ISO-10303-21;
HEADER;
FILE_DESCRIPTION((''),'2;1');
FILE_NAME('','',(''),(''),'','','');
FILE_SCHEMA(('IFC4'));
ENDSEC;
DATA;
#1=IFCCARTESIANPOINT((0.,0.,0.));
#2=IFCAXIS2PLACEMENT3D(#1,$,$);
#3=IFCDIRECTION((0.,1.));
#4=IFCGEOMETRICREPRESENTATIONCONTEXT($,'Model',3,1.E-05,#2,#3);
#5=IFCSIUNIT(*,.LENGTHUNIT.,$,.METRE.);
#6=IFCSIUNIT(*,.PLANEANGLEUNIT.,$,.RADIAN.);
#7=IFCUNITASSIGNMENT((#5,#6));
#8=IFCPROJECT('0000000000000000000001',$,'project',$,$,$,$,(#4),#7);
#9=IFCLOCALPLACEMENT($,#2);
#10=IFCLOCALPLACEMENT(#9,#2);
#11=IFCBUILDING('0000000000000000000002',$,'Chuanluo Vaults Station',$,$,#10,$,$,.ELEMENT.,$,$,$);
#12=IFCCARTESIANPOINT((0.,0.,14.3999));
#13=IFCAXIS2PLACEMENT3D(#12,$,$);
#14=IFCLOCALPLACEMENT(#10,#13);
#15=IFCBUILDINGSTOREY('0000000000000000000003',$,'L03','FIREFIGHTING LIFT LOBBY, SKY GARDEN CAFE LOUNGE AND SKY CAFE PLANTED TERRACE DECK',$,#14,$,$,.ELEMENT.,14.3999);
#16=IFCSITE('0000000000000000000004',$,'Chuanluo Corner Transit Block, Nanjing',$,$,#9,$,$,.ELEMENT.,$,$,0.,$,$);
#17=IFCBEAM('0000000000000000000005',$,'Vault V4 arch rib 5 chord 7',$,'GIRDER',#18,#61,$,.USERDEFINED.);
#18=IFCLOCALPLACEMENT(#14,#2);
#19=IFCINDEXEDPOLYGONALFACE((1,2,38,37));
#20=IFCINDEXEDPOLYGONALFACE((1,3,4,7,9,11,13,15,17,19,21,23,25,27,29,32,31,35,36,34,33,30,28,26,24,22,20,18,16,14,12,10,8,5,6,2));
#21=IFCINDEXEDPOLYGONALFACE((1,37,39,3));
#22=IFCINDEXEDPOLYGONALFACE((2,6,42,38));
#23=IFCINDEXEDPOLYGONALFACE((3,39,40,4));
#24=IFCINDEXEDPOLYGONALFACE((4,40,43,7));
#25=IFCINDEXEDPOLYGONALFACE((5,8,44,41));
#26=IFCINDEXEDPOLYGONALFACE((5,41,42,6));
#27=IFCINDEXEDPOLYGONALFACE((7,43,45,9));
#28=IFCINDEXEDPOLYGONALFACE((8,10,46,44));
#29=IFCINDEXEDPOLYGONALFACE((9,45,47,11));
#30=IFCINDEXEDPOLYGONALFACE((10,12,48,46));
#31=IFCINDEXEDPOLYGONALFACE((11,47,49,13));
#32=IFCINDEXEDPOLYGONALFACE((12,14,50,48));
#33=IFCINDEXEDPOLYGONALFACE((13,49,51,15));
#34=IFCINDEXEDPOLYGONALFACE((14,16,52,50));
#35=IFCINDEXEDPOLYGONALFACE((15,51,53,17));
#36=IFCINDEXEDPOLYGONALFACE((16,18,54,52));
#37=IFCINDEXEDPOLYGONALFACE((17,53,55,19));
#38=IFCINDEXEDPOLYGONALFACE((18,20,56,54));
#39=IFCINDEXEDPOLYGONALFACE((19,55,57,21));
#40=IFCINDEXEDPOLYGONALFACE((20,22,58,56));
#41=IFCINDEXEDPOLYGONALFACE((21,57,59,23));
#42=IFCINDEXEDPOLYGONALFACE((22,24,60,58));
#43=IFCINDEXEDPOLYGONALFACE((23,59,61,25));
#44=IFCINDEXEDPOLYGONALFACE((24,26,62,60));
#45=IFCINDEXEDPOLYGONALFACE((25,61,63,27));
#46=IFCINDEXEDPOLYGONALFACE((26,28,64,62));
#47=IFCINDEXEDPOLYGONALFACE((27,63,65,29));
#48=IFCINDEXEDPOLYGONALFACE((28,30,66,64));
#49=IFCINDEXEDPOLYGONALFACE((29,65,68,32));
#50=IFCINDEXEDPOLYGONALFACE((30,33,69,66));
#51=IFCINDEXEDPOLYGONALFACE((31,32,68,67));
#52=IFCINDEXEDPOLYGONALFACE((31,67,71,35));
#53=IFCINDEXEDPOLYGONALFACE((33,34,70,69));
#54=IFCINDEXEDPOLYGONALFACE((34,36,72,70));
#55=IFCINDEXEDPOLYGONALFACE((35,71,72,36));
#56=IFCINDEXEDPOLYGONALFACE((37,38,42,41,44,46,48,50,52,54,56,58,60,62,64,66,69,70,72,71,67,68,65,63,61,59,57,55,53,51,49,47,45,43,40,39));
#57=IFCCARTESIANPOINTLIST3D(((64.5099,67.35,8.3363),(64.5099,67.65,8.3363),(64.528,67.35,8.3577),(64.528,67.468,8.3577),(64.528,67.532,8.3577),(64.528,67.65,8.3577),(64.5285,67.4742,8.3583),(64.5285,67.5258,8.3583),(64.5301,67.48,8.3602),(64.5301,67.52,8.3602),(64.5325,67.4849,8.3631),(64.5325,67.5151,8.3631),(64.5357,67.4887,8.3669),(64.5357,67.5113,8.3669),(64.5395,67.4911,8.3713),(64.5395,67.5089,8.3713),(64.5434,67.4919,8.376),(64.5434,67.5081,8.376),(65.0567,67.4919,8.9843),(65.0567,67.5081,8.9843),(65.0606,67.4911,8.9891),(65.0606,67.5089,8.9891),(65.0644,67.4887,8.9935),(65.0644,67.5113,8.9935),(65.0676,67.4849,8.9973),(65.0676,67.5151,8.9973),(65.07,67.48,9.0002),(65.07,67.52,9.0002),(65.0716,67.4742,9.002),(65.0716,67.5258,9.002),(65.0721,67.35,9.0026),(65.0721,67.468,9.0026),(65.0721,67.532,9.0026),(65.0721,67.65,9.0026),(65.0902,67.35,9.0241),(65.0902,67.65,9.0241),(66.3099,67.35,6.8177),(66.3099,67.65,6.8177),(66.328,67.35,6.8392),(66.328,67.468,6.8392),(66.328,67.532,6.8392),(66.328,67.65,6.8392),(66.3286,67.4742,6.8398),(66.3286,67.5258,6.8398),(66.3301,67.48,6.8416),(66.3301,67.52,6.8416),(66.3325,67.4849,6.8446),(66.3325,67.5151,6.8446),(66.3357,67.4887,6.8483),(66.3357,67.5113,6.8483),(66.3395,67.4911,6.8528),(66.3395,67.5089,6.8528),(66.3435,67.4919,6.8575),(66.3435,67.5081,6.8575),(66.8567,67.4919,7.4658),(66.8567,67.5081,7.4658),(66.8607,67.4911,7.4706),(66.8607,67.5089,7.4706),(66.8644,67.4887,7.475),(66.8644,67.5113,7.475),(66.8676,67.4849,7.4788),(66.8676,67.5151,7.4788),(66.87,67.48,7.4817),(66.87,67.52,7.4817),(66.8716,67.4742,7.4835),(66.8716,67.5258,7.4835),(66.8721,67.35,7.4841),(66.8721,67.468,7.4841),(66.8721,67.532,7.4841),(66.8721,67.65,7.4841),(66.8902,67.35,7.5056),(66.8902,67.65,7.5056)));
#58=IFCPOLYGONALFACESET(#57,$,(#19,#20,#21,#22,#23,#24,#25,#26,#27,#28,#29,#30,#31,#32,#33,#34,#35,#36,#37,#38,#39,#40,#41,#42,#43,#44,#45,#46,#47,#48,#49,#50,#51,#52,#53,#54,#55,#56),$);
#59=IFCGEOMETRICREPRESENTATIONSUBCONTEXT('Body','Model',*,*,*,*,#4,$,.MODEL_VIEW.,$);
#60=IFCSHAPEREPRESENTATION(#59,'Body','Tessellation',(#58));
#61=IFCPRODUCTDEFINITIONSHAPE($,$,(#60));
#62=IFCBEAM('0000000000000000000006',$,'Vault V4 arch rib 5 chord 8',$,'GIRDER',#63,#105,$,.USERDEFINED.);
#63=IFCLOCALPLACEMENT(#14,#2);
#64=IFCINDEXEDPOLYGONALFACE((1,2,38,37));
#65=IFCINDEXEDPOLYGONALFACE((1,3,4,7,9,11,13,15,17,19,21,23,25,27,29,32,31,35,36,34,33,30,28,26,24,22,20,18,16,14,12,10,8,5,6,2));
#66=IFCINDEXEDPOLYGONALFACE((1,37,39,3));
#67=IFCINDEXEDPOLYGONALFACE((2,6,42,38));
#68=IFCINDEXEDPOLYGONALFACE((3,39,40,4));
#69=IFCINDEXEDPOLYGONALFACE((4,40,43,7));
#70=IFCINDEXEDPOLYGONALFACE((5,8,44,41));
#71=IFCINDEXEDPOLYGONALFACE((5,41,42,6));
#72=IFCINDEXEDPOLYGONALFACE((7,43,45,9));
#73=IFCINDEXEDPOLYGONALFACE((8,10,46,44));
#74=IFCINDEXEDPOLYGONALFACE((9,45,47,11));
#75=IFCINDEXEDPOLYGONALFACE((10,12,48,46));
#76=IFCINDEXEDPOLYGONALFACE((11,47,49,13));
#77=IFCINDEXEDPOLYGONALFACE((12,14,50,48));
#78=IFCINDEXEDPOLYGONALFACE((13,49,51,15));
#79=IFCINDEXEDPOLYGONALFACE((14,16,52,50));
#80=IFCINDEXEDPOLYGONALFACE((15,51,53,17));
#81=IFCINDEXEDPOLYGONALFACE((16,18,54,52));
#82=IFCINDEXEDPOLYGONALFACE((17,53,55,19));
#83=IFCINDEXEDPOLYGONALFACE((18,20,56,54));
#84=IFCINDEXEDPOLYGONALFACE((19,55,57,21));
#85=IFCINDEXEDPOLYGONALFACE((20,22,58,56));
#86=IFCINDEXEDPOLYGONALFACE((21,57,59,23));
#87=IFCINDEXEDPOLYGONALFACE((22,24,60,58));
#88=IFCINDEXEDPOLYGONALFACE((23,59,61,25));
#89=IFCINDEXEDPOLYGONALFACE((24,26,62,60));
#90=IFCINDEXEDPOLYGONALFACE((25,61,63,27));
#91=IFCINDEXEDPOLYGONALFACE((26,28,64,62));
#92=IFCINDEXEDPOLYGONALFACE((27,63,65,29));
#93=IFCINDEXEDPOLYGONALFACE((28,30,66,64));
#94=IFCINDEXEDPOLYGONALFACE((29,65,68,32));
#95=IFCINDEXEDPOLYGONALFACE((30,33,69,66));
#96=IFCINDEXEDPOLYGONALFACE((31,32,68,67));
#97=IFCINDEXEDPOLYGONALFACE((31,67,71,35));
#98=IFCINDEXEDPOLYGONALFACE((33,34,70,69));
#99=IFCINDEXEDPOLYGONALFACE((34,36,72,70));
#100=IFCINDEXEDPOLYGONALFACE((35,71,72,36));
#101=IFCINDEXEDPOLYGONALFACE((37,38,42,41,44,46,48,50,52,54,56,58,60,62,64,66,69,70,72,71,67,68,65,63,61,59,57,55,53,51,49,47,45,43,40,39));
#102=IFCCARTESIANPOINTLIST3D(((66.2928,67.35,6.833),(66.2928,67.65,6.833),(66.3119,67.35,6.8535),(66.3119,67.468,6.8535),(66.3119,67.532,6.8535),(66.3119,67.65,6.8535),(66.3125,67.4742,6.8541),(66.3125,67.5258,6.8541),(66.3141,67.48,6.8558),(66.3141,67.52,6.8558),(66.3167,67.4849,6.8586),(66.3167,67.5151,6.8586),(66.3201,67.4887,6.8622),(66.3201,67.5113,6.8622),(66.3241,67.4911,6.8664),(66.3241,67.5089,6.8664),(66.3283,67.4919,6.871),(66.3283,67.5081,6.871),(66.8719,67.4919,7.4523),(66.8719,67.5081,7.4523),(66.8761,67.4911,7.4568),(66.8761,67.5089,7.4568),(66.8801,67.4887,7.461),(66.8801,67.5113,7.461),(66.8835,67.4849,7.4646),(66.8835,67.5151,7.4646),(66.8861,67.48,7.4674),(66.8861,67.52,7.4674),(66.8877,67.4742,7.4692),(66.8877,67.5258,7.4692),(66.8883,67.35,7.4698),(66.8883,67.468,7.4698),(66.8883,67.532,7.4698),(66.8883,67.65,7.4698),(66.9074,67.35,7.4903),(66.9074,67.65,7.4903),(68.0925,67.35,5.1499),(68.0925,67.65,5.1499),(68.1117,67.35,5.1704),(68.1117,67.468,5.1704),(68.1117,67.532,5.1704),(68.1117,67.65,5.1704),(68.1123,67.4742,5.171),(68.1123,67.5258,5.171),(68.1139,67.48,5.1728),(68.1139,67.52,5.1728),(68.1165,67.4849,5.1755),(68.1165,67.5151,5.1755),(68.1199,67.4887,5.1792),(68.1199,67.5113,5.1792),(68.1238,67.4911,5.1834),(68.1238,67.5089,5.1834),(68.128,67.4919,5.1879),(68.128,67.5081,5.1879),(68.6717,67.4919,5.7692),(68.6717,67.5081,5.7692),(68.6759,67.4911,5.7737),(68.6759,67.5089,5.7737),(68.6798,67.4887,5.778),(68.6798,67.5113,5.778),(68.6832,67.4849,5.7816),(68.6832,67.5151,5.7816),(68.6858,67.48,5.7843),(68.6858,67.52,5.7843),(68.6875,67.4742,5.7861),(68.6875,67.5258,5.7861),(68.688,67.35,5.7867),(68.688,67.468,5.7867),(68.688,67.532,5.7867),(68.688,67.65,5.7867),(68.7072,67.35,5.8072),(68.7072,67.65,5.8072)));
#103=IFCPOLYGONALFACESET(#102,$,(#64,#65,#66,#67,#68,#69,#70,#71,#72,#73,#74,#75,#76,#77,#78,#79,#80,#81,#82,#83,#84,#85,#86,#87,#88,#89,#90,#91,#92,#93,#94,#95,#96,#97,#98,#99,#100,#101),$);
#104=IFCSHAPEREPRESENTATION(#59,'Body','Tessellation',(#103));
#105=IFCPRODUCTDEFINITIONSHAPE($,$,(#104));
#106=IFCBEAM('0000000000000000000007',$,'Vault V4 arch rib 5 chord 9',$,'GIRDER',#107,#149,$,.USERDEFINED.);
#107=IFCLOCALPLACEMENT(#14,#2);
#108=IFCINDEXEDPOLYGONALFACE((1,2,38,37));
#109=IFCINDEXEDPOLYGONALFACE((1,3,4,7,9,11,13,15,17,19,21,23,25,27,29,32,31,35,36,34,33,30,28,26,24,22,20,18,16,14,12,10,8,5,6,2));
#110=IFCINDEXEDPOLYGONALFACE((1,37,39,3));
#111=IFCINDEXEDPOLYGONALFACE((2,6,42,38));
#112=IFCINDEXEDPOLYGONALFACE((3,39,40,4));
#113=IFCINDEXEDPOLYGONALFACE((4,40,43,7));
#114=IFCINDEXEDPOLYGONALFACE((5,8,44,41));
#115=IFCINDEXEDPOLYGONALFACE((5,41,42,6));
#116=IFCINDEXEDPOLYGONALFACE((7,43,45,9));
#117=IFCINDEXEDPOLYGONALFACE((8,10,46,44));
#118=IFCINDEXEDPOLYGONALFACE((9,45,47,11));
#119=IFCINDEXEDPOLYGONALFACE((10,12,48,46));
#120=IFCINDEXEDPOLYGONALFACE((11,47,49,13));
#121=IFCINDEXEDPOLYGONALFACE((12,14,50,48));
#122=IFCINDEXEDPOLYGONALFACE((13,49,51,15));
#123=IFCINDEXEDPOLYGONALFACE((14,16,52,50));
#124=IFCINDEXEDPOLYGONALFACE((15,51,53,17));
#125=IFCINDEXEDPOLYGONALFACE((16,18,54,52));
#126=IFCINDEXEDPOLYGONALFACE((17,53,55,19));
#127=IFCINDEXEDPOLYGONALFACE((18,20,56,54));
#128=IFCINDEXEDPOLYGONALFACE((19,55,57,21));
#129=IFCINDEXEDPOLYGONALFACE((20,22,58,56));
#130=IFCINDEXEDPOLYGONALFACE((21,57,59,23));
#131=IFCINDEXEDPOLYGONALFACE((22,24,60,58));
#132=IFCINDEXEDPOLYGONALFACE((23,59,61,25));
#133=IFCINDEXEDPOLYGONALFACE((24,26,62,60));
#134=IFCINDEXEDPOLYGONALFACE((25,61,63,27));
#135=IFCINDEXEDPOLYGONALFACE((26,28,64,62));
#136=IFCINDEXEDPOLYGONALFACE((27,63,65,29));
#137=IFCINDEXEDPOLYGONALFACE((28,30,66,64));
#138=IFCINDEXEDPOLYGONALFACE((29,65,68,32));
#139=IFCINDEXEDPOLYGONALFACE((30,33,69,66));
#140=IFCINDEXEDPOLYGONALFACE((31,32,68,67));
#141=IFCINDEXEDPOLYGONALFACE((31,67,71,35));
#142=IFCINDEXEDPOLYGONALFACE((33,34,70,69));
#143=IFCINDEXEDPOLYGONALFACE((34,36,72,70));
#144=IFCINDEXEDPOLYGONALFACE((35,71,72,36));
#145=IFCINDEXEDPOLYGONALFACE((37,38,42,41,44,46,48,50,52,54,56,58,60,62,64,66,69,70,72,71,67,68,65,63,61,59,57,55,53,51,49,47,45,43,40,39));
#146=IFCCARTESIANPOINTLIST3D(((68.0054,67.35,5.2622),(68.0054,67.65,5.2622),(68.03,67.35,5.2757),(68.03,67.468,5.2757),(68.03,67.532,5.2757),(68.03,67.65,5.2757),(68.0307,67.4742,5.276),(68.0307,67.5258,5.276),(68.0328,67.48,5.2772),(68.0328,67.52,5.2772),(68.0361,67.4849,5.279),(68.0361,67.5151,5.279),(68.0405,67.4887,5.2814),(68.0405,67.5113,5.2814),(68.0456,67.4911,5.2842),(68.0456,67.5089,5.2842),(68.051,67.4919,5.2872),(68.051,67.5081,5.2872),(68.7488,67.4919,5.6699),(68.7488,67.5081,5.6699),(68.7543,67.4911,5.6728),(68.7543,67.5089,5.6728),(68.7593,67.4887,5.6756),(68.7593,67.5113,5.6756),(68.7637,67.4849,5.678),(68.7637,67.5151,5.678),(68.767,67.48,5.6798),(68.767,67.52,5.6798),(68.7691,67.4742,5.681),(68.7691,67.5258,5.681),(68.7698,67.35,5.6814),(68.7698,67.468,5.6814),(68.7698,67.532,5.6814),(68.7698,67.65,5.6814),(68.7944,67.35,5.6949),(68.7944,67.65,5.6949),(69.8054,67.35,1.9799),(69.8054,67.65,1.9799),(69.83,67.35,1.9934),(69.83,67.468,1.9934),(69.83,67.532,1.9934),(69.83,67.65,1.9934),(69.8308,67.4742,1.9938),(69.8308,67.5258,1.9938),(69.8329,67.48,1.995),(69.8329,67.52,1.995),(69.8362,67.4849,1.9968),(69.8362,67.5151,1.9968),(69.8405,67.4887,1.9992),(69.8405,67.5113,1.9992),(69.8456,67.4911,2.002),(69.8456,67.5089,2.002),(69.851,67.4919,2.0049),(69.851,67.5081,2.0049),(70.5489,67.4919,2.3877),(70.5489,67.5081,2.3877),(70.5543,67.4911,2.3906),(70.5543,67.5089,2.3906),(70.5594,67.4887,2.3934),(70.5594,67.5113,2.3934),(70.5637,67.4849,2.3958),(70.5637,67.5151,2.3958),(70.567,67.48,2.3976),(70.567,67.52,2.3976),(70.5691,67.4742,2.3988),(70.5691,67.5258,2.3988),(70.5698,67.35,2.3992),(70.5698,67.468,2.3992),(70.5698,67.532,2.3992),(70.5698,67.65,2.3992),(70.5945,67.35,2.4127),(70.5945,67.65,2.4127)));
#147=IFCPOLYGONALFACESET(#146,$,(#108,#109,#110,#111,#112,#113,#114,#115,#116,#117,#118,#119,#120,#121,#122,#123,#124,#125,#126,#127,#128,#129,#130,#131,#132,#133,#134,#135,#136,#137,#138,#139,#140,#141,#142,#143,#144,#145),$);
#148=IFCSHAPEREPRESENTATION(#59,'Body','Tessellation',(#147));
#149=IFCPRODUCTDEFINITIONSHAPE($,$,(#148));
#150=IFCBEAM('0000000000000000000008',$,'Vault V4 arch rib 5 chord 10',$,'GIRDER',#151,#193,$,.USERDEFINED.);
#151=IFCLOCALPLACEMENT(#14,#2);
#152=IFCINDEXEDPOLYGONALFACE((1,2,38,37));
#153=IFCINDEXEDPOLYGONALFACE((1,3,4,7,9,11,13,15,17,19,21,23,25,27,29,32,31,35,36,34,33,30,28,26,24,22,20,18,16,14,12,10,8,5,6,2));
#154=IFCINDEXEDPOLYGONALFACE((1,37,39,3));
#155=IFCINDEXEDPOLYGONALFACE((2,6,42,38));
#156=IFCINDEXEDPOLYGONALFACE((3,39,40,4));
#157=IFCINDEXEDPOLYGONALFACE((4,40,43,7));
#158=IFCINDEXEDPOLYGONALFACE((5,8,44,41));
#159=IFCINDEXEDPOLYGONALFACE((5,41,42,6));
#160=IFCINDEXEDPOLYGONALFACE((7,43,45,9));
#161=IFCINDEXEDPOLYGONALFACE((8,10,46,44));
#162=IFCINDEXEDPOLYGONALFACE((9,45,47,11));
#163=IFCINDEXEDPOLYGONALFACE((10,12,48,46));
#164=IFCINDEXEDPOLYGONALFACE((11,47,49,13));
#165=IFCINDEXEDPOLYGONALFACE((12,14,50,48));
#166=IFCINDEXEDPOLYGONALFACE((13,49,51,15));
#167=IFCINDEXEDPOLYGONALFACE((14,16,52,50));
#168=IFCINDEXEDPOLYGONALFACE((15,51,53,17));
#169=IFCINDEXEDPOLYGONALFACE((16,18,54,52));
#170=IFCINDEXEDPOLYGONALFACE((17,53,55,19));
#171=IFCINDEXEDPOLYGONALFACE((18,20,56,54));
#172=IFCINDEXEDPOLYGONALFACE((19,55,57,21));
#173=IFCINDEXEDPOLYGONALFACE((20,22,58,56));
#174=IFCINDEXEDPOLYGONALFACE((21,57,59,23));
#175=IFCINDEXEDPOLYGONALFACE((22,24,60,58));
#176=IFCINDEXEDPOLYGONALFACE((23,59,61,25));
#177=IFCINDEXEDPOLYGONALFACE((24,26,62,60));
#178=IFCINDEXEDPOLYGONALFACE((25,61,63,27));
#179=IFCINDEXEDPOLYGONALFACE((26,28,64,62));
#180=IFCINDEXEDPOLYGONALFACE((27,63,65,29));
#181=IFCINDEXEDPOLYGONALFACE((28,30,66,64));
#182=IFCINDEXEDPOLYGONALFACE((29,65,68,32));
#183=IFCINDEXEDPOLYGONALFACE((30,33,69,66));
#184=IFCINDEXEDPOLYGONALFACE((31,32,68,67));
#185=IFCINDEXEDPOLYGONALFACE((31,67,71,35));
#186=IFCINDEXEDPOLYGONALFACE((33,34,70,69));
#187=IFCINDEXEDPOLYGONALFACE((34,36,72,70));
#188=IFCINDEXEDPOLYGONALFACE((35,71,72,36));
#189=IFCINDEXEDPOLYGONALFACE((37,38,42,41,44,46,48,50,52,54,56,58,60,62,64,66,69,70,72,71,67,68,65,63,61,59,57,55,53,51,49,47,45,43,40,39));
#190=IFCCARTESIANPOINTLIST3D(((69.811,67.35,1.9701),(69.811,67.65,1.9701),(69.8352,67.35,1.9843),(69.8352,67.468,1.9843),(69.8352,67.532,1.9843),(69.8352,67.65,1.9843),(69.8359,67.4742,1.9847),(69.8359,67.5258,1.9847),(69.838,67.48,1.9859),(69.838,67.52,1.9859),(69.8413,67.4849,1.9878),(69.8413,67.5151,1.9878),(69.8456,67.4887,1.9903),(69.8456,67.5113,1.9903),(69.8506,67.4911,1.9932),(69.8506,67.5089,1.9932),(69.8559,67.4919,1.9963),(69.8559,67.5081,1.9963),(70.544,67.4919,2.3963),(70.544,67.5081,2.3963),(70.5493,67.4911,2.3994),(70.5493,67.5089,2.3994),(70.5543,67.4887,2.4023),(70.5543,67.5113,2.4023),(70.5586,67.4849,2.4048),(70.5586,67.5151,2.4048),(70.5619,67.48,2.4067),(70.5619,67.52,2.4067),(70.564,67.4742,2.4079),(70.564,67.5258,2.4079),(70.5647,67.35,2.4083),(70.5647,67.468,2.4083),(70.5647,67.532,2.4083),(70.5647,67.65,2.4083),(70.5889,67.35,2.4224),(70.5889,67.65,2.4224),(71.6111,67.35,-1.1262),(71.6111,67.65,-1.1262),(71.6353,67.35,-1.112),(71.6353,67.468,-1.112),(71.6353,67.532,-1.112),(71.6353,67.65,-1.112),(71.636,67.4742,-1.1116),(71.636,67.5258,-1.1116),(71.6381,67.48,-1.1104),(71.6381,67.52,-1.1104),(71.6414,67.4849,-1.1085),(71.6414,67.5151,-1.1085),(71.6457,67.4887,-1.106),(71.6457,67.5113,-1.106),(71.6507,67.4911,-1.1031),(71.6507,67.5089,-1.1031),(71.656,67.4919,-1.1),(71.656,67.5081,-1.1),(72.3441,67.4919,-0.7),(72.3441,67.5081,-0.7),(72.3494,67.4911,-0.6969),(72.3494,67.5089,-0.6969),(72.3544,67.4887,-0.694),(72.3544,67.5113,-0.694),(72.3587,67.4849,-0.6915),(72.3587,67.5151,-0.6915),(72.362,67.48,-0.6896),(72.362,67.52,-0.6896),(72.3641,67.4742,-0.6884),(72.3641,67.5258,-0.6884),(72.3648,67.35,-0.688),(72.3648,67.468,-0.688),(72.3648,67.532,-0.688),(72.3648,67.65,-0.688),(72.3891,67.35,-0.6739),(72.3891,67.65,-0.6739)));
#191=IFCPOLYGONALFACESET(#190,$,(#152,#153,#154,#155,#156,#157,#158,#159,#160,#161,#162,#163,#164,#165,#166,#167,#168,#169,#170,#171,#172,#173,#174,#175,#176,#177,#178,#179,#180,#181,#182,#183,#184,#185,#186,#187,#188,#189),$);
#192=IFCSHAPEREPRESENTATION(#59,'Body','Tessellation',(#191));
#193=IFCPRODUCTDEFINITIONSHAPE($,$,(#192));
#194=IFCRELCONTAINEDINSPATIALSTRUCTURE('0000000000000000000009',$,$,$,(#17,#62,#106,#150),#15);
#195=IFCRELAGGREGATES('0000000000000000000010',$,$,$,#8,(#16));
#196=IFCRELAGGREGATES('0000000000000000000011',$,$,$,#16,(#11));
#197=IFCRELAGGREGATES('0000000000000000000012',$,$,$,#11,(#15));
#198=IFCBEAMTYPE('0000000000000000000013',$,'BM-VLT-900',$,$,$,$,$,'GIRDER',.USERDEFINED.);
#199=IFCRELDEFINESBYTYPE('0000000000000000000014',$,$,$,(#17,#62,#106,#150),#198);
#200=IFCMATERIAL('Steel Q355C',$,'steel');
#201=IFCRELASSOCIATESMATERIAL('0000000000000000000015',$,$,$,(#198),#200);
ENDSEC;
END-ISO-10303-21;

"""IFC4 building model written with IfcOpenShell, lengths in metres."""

from ifc_helpers import new_model, si_unit, direction, frame, origin, origin_2d, place, context, subcontext, project, spatial, i_section, extrude, material, material_profile, profile_set, type_object, element, save


model = new_model("IFC4")

# Units and contexts
model_context = context("Model", 3, precision=1e-05, world=origin(), true_north=direction((0.0, 1.0)))
body_context = subcontext(model_context, "Body", "Model", "MODEL_VIEW")
ifc_project = project(units=[si_unit("LENGTHUNIT", "METRE"), si_unit("PLANEANGLEUNIT", "RADIAN")], contexts=[model_context])

# Site, building, storey
site_placement = place(None, origin())
site = spatial("IfcSite", under=ifc_project, at=site_placement, Name="Chuanluo Corner Transit Block, Nanjing", CompositionType="ELEMENT", RefElevation=0.0)
building_placement = place(site_placement, origin())
building = spatial("IfcBuilding", under=site, at=building_placement, Name="Chuanluo Vaults Station", CompositionType="ELEMENT")
storey_placement = place(building_placement, frame((0.0, 0.0, 14.3999)))
storey = spatial("IfcBuildingStorey", under=building, at=storey_placement, Name="L03", Description="FIREFIGHTING LIFT LOBBY, SKY GARDEN CAFE LOUNGE AND SKY CAFE PLANTED TERRACE DECK", CompositionType="ELEMENT", Elevation=14.3999)

# Beams
ifc_material_1 = material(Name="Steel Q355C", Category="steel")
ifc_material_profile_1 = material_profile(ifc_material_1, i_section(OverallWidth=0.3, OverallDepth=0.8999, WebThickness=0.0161, FlangeThickness=0.0281, FilletRadius=0.0239, at=origin_2d()))
ifc_profile_set_1 = profile_set([ifc_material_profile_1], Name="Steel Q355C")
beam_type = type_object("IfcBeamType", Name="BM-VLT-900", ElementType="GIRDER", PredefinedType="USERDEFINED", material=ifc_profile_set_1)
beam_1_placement = place(storey_placement, frame((64.8, 67.5, 8.6802), z_axis=(0.764341, 0.0, -0.644812), x_axis=(0.0, 1.0, 0.0)))
element("IfcBeam", 1, at=beam_1_placement, inside=storey, type_object=beam_type, Name="Vault V4 arch rib 5 chord 7", ObjectType="GIRDER", PredefinedType="USERDEFINED", context=body_context, shape_type="SweptSolid", body=[
    extrude(i_section(OverallWidth=0.3, OverallDepth=0.8999, WebThickness=0.0161, FlangeThickness=0.0281, FilletRadius=0.0239, at=origin_2d()), origin(), (0.0, 0.0, 1.0), 2.355),
])
beam_2_placement = place(storey_placement, frame((66.6001, 67.5, 7.1616), z_axis=(0.730389, 0.0, -0.683031), x_axis=(0.0, 1.0, 0.0)))
element("IfcBeam", 2, at=beam_2_placement, inside=storey, type_object=beam_type, Name="Vault V4 arch rib 5 chord 8", ObjectType="GIRDER", PredefinedType="USERDEFINED", context=body_context, shape_type="SweptSolid", body=[
    extrude(i_section(OverallWidth=0.3, OverallDepth=0.8999, WebThickness=0.0161, FlangeThickness=0.0281, FilletRadius=0.0239, at=origin_2d()), origin(), (0.0, 0.0, 1.0), 2.4641),
])
beam_3_placement = place(storey_placement, frame((68.3999, 67.5, 5.4785), z_axis=(0.480857, 0.0, -0.876799), x_axis=(0.0, 1.0, 0.0)))
element("IfcBeam", 3, at=beam_3_placement, inside=storey, type_object=beam_type, Name="Vault V4 arch rib 5 chord 9", ObjectType="GIRDER", PredefinedType="USERDEFINED", context=body_context, shape_type="SweptSolid", body=[
    extrude(i_section(OverallWidth=0.3, OverallDepth=0.8999, WebThickness=0.0161, FlangeThickness=0.0281, FilletRadius=0.0239, at=origin_2d()), origin(), (0.0, 0.0, 1.0), 3.7434),
])
beam_4_placement = place(storey_placement, frame((70.2, 67.5, 2.1963), z_axis=(0.502607, 0.0, -0.864515), x_axis=(0.0, 1.0, 0.0)))
element("IfcBeam", 4, at=beam_4_placement, inside=storey, type_object=beam_type, Name="Vault V4 arch rib 5 chord 10", ObjectType="GIRDER", PredefinedType="USERDEFINED", context=body_context, shape_type="SweptSolid", body=[
    extrude(i_section(OverallWidth=0.3, OverallDepth=0.8999, WebThickness=0.0161, FlangeThickness=0.0281, FilletRadius=0.0239, at=origin_2d()), origin(), (0.0, 0.0, 1.0), 3.5815),
])

save(model, "model.ifc")
